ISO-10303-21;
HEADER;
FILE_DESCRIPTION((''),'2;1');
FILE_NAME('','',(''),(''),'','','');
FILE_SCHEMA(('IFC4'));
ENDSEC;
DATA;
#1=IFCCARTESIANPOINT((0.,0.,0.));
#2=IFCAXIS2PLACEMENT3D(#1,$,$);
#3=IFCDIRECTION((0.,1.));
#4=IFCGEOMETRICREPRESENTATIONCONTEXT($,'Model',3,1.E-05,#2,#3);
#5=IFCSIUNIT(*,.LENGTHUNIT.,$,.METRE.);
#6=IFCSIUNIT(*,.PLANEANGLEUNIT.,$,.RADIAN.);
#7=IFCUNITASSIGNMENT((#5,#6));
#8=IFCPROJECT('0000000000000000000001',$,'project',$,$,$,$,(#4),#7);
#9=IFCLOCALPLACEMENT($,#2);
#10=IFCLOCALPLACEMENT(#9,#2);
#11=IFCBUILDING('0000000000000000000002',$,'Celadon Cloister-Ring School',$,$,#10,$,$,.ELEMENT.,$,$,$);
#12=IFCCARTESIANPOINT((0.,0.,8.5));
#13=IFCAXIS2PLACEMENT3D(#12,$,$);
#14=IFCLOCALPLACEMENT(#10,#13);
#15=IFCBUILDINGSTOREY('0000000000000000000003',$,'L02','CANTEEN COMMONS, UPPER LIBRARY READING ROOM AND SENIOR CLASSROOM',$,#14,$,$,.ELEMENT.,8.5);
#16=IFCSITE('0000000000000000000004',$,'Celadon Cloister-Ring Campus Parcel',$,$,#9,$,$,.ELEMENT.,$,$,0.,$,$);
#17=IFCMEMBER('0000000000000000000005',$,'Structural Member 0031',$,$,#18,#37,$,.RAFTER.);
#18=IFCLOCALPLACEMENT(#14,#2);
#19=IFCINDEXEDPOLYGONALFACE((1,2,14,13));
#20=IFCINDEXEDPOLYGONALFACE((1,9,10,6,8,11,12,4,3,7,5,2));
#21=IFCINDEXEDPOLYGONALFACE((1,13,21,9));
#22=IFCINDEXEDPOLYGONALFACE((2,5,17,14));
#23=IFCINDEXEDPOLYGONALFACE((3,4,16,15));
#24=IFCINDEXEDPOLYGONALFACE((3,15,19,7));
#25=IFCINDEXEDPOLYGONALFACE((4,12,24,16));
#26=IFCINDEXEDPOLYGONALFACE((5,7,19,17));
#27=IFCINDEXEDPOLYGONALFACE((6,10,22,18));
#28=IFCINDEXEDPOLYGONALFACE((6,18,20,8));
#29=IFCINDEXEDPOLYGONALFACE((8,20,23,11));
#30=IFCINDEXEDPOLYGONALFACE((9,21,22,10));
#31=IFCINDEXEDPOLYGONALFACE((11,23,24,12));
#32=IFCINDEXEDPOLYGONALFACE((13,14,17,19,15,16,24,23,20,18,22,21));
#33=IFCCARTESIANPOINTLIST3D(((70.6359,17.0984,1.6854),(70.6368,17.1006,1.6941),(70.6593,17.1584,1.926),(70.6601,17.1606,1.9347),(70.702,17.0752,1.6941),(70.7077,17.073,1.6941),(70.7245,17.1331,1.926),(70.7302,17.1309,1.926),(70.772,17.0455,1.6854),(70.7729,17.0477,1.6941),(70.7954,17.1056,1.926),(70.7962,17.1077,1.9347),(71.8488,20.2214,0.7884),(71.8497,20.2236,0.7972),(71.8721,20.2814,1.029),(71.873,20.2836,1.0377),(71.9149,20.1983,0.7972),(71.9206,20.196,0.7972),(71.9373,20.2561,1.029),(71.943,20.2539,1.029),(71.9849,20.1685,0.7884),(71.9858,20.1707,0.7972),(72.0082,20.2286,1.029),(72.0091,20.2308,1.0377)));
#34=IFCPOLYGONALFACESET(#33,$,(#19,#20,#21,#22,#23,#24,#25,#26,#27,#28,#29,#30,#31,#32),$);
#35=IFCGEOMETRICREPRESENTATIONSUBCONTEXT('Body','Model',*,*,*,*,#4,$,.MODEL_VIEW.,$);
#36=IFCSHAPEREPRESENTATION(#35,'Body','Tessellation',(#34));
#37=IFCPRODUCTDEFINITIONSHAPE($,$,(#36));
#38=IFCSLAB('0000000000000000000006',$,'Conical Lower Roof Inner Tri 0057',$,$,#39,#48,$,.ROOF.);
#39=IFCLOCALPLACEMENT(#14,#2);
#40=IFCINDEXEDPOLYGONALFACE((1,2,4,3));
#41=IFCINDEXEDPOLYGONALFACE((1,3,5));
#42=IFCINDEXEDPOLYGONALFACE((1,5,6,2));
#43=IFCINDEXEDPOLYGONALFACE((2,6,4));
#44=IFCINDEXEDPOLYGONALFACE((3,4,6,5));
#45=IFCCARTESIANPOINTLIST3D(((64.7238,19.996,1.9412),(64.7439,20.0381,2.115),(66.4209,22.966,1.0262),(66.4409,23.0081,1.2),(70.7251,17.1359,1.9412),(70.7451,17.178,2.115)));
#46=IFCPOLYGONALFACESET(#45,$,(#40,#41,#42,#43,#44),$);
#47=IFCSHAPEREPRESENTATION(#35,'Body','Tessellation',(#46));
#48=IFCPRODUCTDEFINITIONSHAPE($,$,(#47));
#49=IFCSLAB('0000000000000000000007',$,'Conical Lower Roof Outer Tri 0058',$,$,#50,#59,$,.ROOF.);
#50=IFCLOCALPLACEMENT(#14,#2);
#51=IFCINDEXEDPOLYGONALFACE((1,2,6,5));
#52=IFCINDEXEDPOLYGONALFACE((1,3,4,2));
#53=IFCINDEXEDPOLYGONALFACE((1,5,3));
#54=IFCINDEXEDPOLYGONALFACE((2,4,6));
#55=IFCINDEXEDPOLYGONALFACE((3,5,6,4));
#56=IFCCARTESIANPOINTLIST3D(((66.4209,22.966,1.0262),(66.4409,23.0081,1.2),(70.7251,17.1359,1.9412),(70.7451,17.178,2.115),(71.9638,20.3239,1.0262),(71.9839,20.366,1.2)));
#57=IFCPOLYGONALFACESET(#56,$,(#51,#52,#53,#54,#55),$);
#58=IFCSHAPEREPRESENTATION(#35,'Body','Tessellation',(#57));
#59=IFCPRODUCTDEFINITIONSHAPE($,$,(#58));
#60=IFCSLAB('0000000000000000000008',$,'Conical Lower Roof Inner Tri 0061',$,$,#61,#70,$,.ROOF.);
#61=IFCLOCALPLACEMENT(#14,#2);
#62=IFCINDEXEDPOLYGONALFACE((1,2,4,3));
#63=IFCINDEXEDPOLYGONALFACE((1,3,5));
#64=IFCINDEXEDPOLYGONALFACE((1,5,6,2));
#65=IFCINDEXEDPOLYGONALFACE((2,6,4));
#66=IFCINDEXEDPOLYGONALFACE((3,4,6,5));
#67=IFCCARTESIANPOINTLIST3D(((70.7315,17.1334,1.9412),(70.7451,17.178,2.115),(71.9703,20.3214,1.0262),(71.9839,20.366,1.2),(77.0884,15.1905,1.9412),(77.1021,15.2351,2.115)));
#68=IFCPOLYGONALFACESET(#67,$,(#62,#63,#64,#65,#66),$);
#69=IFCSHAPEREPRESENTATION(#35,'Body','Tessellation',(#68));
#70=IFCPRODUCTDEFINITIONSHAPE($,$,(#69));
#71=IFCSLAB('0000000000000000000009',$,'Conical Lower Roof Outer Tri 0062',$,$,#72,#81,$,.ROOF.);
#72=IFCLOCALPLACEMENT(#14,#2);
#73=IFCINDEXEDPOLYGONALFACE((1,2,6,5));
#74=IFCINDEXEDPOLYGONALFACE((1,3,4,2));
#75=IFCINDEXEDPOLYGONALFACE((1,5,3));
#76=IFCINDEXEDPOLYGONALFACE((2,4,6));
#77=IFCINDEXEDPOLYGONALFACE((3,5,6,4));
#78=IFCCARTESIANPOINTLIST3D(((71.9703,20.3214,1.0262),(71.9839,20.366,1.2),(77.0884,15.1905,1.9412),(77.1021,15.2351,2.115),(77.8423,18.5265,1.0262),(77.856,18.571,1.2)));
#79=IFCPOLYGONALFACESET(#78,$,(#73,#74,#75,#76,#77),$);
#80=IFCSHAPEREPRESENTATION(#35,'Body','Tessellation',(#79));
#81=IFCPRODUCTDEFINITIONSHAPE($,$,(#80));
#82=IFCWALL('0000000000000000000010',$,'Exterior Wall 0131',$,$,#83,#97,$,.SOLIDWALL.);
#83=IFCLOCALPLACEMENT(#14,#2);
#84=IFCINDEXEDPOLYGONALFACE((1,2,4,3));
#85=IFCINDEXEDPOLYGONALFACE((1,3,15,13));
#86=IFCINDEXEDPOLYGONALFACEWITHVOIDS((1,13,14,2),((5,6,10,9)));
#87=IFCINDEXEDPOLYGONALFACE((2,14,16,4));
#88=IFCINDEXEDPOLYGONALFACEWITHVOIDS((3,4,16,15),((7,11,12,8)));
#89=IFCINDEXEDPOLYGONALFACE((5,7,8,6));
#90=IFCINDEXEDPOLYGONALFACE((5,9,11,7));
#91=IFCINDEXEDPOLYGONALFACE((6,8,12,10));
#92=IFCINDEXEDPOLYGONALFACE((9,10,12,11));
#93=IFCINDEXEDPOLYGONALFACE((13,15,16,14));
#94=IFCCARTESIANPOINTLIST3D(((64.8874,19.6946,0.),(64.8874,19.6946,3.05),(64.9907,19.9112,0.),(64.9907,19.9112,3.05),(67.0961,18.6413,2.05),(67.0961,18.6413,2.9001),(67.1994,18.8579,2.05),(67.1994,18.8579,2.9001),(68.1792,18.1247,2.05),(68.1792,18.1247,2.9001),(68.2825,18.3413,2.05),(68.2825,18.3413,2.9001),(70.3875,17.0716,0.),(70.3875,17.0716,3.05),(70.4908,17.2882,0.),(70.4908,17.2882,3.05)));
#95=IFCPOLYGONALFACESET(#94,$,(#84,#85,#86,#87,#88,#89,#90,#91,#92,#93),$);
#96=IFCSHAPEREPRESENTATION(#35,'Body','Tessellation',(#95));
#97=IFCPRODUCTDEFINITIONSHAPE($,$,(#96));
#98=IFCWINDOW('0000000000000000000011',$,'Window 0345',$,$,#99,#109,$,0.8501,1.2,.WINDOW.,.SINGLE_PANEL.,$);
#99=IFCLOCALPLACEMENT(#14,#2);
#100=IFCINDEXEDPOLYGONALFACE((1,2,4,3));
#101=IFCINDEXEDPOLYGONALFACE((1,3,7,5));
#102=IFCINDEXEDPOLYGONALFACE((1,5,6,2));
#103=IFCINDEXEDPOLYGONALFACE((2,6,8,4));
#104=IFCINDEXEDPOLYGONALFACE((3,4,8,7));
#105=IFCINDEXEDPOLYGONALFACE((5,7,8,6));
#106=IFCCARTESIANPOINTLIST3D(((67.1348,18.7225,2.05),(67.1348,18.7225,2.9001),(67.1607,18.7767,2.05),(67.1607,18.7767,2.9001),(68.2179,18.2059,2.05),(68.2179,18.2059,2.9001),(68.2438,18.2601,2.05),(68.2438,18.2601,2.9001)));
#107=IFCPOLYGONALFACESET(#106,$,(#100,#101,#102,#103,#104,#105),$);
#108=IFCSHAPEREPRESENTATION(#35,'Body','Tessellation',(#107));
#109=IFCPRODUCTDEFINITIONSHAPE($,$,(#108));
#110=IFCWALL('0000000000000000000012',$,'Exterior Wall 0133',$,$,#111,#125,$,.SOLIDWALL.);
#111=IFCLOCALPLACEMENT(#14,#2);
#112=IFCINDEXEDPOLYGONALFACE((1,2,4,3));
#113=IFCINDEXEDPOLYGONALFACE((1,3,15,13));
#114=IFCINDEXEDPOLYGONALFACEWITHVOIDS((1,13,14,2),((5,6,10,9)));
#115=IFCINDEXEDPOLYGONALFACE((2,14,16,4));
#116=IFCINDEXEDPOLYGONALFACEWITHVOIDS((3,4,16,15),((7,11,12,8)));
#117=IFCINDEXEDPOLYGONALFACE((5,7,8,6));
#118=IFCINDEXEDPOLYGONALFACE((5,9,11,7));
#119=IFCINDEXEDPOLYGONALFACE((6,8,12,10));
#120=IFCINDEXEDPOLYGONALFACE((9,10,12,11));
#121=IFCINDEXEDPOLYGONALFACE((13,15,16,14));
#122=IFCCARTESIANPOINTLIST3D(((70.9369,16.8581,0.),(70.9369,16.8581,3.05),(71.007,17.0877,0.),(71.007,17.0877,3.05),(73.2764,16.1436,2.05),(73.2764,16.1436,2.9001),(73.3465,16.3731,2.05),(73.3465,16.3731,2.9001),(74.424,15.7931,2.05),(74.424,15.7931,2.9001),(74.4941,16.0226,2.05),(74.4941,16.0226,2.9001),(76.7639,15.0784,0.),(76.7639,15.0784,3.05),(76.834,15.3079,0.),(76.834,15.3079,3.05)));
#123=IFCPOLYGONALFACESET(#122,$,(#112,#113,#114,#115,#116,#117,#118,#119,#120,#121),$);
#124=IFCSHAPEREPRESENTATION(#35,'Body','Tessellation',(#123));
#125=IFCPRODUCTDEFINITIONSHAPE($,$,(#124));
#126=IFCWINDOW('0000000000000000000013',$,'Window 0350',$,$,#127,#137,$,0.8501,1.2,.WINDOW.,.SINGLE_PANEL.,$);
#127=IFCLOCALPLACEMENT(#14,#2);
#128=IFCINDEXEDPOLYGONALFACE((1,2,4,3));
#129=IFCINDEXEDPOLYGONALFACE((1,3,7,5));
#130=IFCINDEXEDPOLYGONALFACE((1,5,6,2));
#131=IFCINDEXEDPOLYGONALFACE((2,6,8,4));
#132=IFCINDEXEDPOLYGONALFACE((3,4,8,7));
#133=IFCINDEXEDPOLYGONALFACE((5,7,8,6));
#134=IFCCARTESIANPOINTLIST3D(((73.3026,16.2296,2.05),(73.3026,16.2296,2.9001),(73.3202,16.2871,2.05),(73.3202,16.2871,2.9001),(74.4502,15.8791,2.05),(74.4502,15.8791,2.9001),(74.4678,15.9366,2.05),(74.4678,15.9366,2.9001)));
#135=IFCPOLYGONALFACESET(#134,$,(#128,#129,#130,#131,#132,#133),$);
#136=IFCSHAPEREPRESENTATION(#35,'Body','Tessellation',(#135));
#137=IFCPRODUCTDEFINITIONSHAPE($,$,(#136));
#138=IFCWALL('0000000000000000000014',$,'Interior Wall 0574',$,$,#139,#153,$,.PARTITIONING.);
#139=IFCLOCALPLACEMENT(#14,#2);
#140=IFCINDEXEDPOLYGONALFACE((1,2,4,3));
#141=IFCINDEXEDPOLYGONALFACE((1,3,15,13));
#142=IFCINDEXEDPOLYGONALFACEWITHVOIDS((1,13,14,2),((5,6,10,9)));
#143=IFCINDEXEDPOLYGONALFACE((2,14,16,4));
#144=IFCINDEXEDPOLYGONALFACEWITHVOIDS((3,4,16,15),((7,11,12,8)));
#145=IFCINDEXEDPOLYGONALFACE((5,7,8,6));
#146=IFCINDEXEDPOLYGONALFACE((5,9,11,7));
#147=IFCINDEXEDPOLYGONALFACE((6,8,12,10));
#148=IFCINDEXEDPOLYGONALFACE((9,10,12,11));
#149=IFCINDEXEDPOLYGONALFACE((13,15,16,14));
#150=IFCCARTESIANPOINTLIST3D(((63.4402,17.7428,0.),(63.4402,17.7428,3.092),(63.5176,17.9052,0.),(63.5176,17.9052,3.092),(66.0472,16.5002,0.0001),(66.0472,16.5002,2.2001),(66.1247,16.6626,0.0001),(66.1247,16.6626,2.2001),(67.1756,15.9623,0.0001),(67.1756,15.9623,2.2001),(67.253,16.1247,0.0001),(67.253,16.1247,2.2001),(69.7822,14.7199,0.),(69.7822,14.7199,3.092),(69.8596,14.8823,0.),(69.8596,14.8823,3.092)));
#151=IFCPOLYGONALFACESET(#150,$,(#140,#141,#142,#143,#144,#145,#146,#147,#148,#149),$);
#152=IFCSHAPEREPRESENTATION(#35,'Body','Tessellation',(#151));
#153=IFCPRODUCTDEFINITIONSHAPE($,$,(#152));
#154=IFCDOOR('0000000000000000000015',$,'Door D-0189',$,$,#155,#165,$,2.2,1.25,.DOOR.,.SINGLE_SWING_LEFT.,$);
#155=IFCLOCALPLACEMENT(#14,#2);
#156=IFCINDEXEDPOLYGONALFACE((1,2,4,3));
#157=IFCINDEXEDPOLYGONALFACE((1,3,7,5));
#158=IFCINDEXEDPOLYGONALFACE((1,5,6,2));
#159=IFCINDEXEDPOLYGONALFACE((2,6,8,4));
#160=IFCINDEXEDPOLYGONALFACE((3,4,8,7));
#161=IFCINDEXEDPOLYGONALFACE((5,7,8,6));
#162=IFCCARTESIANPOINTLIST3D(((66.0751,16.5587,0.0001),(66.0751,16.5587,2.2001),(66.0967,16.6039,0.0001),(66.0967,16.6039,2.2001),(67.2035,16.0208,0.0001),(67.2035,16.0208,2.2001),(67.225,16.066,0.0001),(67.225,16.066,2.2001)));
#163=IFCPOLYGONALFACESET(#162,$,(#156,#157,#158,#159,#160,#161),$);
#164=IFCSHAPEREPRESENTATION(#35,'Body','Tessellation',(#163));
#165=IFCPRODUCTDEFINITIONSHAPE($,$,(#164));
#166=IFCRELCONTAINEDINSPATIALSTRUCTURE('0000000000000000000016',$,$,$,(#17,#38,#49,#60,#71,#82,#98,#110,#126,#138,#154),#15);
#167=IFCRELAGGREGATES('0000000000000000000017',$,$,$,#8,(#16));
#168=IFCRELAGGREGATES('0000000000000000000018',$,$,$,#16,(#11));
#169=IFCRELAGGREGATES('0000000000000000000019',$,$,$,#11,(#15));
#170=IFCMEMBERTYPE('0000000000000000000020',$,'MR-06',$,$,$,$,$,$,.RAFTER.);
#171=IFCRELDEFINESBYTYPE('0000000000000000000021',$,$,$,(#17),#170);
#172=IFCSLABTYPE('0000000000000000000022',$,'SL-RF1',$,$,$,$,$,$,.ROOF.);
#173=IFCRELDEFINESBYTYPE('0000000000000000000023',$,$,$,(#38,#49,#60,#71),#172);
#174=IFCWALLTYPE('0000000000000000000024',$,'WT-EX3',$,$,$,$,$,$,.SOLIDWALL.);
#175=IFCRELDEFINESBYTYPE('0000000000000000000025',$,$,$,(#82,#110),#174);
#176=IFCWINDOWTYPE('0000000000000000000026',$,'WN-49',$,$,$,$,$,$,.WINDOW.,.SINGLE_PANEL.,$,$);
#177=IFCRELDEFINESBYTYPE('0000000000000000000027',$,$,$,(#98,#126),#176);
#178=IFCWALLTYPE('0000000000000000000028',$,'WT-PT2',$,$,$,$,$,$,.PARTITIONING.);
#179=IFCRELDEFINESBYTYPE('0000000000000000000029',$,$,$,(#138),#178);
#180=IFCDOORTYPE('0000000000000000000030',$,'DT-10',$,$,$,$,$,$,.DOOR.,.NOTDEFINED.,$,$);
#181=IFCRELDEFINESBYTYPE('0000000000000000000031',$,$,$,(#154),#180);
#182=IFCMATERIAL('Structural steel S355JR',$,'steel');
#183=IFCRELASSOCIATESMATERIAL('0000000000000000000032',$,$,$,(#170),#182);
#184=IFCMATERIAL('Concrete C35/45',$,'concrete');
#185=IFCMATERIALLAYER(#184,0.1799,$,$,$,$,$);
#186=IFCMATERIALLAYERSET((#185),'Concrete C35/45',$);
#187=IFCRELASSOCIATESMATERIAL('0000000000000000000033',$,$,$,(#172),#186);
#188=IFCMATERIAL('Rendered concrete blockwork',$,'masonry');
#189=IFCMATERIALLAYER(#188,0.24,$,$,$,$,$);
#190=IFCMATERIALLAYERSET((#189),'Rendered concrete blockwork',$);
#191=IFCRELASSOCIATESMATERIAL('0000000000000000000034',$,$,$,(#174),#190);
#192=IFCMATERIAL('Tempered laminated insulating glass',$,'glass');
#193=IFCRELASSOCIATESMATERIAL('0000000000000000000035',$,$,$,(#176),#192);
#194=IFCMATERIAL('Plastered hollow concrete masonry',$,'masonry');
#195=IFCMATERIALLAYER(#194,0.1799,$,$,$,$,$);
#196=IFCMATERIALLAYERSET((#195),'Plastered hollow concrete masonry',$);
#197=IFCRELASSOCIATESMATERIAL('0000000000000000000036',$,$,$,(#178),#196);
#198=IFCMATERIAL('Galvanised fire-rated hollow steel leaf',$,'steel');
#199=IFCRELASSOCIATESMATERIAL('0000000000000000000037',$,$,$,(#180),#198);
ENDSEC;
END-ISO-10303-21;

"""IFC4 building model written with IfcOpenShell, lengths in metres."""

from ifc_helpers import new_model, si_unit, direction, frame, frame_2d, origin, origin_2d, place, context, subcontext, project, spatial, polyline, rectangle, i_section, outline, extrude, material, layer, layer_set, material_profile, profile_set, type_object, element, fill, save


model = new_model("IFC4")

# Units and contexts
model_context = context("Model", 3, precision=1e-05, world=origin(), true_north=direction((0.0, 1.0)))
body_context = subcontext(model_context, "Body", "Model", "MODEL_VIEW")
ifc_project = project(units=[si_unit("LENGTHUNIT", "METRE"), si_unit("PLANEANGLEUNIT", "RADIAN")], contexts=[model_context])

# Site, building, storey
site_placement = place(None, origin())
site = spatial("IfcSite", under=ifc_project, at=site_placement, Name="Celadon Cloister-Ring Campus Parcel", CompositionType="ELEMENT", RefElevation=0.0)
building_placement = place(site_placement, origin())
building = spatial("IfcBuilding", under=site, at=building_placement, Name="Celadon Cloister-Ring School", CompositionType="ELEMENT")
storey_placement = place(building_placement, frame((0.0, 0.0, 8.5)))
storey = spatial("IfcBuildingStorey", under=building, at=storey_placement, Name="L02", Description="CANTEEN COMMONS, UPPER LIBRARY READING ROOM AND SENIOR CLASSROOM", CompositionType="ELEMENT", Elevation=8.5)

# Member
ifc_material_1 = material(Name="Structural steel S355JR", Category="steel")
ifc_material_profile_1 = material_profile(ifc_material_1, i_section(OverallWidth=0.146, OverallDepth=0.2581, WebThickness=0.0061, FlangeThickness=0.009, at=origin_2d()), Name="W250X33")
ifc_profile_set_1 = profile_set([ifc_material_profile_1], Name="Structural steel S355JR")
member_type_1 = type_object("IfcMemberType", Name="MR-06", PredefinedType="RAFTER", material=ifc_profile_set_1)
member_1_placement = place(storey_placement, frame((71.929, 20.2261, 0.9131), z_axis=(-0.349708, -0.900455, 0.25862), x_axis=(0.932169, -0.362024, 0.0)))
element("IfcMember", 1, at=member_1_placement, inside=storey, type_object=member_type_1, Name="Structural Member 0031", PredefinedType="RAFTER", context=body_context, shape_type="SweptSolid", body=[
    extrude(i_section(OverallWidth=0.146, OverallDepth=0.2581, WebThickness=0.0061, FlangeThickness=0.009, at=origin_2d()), origin(), (0.0, 0.0, 1.0), 3.4683),
])

# Slabs
ifc_material_2 = material(Name="Concrete C35/45", Category="concrete")
ifc_layer_1 = layer(ifc_material_2, 0.1799)
ifc_layer_set_1 = layer_set([ifc_layer_1], Name="Concrete C35/45")
slab_type = type_object("IfcSlabType", Name="SL-RF1", PredefinedType="ROOF", material=ifc_layer_set_1)
slab_1_placement = place(storey_placement, frame((66.4409, 23.0081, 1.2), z_axis=(0.111467, 0.233885, 0.965853), x_axis=(-0.479264, -0.838764, 0.258421)))
element("IfcSlab", 2, at=slab_1_placement, inside=storey, type_object=slab_type, Name="Conical Lower Roof Inner Tri 0057", PredefinedType="ROOF", context=body_context, shape_type="SweptSolid", body=[
    extrude(outline(polyline([(0.0, 0.0), (3.5409, 0.0), (3.0637, 6.6308), (0.0, 0.0)])), origin(), (0.0, 0.0, -1.0), 0.1799),
])
slab_2_placement = place(storey_placement, frame((66.4409, 23.0081, 1.2), z_axis=(0.111491, 0.233902, 0.965847), x_axis=(0.589267, -0.798167, 0.125274)))
element("IfcSlab", 3, at=slab_2_placement, inside=storey, type_object=slab_type, Name="Conical Lower Roof Outer Tri 0058", PredefinedType="ROOF", context=body_context, shape_type="SweptSolid", body=[
    extrude(outline(polyline([(0.0, 0.0), (7.3043, 0.0), (5.3751, 2.9687), (0.0, 0.0)])), origin(), (0.0, 0.0, -1.0), 0.1799),
])
slab_3_placement = place(storey_placement, frame((71.9839, 20.366, 1.2), z_axis=(0.075734, 0.247796, 0.965848), x_axis=(-0.349886, -0.900435, 0.258449)))
element("IfcSlab", 4, at=slab_3_placement, inside=storey, type_object=slab_type, Name="Conical Lower Roof Inner Tri 0061", PredefinedType="ROOF", context=body_context, shape_type="SweptSolid", body=[
    extrude(outline(polyline([(0.0, 0.0), (3.5405, 0.0), (3.0657, 6.6302), (0.0, 0.0)])), origin(), (0.0, 0.0, -1.0), 0.1799),
])
slab_4_placement = place(storey_placement, frame((71.9839, 20.366, 1.2), z_axis=(0.075748, 0.24781, 0.965843), x_axis=(0.700667, -0.702405, 0.125267)))
element("IfcSlab", 5, at=slab_4_placement, inside=storey, type_object=slab_type, Name="Conical Lower Roof Outer Tri 0062", PredefinedType="ROOF", context=body_context, shape_type="SweptSolid", body=[
    extrude(outline(polyline([(0.0, 0.0), (7.3047, 0.0), (5.3751, 2.9683), (0.0, 0.0)])), origin(), (0.0, 0.0, -1.0), 0.1799),
])

# Walls, openings, windows
ifc_material_3 = material(Name="Rendered concrete blockwork", Category="masonry")
ifc_layer_2 = layer(ifc_material_3, 0.24)
ifc_layer_set_2 = layer_set([ifc_layer_2], Name="Rendered concrete blockwork")
wall_type_1 = type_object("IfcWallType", Name="WT-EX3", PredefinedType="SOLIDWALL", material=ifc_layer_set_2)
wall_1_placement = place(storey_placement, frame((64.939, 19.803, 0.0), z_axis=(0.0, 0.0, 1.0), x_axis=(0.902606, -0.430469, 0.0)))
wall_1 = element("IfcWall", 6, at=wall_1_placement, inside=storey, type_object=wall_type_1, Name="Exterior Wall 0131", PredefinedType="SOLIDWALL", context=body_context, shape_type="SweptSolid", body=[
    extrude(rectangle(XDim=6.0935, YDim=0.24, at=frame_2d((3.0469, 0.0))), origin(), (0.0, 0.0, 1.0), 3.05),
])
opening_1_placement = place(wall_1_placement, frame((2.447, 0.0, 2.05)))
opening_1 = element("IfcOpeningElement", 7, at=opening_1_placement, cuts=wall_1, PredefinedType="OPENING", context=body_context, shape_type="SweptSolid", body=[
    extrude(rectangle(XDim=1.2, YDim=0.8501, at=frame_2d((0.6001, 0.425))), frame((0.0, 0.1299, 0.0), z_axis=(0.0, -1.0, 0.0), x_axis=(1.0, 0.0, 0.0)), (0.0, 0.0, 1.0), 0.26),
])
ifc_material_4 = material(Name="Tempered laminated insulating glass", Category="glass")
window_type = type_object("IfcWindowType", Name="WN-49", PartitioningType="SINGLE_PANEL", PredefinedType="WINDOW", material=ifc_material_4)
window_1_placement = place(opening_1_placement, origin())
window_1 = element("IfcWindow", 8, at=window_1_placement, inside=storey, type_object=window_type, Name="Window 0345", OverallHeight=0.8501, OverallWidth=1.2, PartitioningType="SINGLE_PANEL", PredefinedType="WINDOW", context=body_context, shape_type="SweptSolid", body=[
    extrude(rectangle(XDim=1.2, YDim=0.8501, at=frame_2d((0.6001, 0.425))), frame((0.0, 0.03, 0.0), z_axis=(0.0, -1.0, 0.0), x_axis=(1.0, 0.0, 0.0)), (0.0, 0.0, 1.0), 0.0601),
])
fill(opening_1, window_1)
wall_2_placement = place(storey_placement, frame((70.9719, 16.9729, 0.0), z_axis=(0.0, 0.0, 1.0), x_axis=(0.956385, -0.292109, 0.0)))
wall_2 = element("IfcWall", 9, at=wall_2_placement, inside=storey, type_object=wall_type_1, Name="Exterior Wall 0133", PredefinedType="SOLIDWALL", context=body_context, shape_type="SweptSolid", body=[
    extrude(rectangle(XDim=6.0928, YDim=0.24, at=frame_2d((3.0464, 0.0))), origin(), (0.0, 0.0, 1.0), 3.05),
])
opening_2_placement = place(wall_2_placement, frame((2.446, 0.0, 2.05)))
opening_2 = element("IfcOpeningElement", 10, at=opening_2_placement, cuts=wall_2, PredefinedType="OPENING", context=body_context, shape_type="SweptSolid", body=[
    extrude(rectangle(XDim=1.2, YDim=0.8501, at=frame_2d((0.6001, 0.425))), frame((0.0, 0.1299, 0.0), z_axis=(0.0, -1.0, 0.0), x_axis=(1.0, 0.0, 0.0)), (0.0, 0.0, 1.0), 0.26),
])
window_2_placement = place(opening_2_placement, origin())
window_2 = element("IfcWindow", 11, at=window_2_placement, inside=storey, type_object=window_type, Name="Window 0350", OverallHeight=0.8501, OverallWidth=1.2, PartitioningType="SINGLE_PANEL", PredefinedType="WINDOW", context=body_context, shape_type="SweptSolid", body=[
    extrude(rectangle(XDim=1.2, YDim=0.8501, at=frame_2d((0.6001, 0.425))), frame((0.0, 0.03, 0.0), z_axis=(0.0, -1.0, 0.0), x_axis=(1.0, 0.0, 0.0)), (0.0, 0.0, 1.0), 0.0601),
])
fill(opening_2, window_2)

# Wall, opening, door
ifc_material_5 = material(Name="Plastered hollow concrete masonry", Category="masonry")
ifc_layer_3 = layer(ifc_material_5, 0.1799)
ifc_layer_set_3 = layer_set([ifc_layer_3], Name="Plastered hollow concrete masonry")
wall_type_2 = type_object("IfcWallType", Name="WT-PT2", PredefinedType="PARTITIONING", material=ifc_layer_set_3)
wall_3_placement = place(storey_placement, frame((63.479, 17.824, 0.0), z_axis=(0.0, 0.0, 1.0), x_axis=(0.902699, -0.430273, 0.0)))
wall_3 = element("IfcWall", 12, at=wall_3_placement, inside=storey, type_object=wall_type_2, Name="Interior Wall 0574", PredefinedType="PARTITIONING", context=body_context, shape_type="SweptSolid", body=[
    extrude(rectangle(XDim=7.0256, YDim=0.1799, at=frame_2d((3.5127, 0.0))), origin(), (0.0, 0.0, 1.0), 3.092),
])
opening_3_placement = place(wall_3_placement, frame((2.8879, 0.0, 0.0)))
opening_3 = element("IfcOpeningElement", 13, at=opening_3_placement, cuts=wall_3, PredefinedType="OPENING", context=body_context, shape_type="SweptSolid", body=[
    extrude(rectangle(XDim=1.25, YDim=2.2, at=frame_2d((0.625, 1.1001))), frame((0.0, 0.1001, 0.0), z_axis=(0.0, -1.0, 0.0), x_axis=(1.0, 0.0, 0.0)), (0.0, 0.0, 1.0), 0.2),
])
ifc_material_6 = material(Name="Galvanised fire-rated hollow steel leaf", Category="steel")
door_type = type_object("IfcDoorType", Name="DT-10", OperationType="NOTDEFINED", PredefinedType="DOOR", material=ifc_material_6)
door_placement = place(opening_3_placement, origin())
door = element("IfcDoor", 14, at=door_placement, inside=storey, type_object=door_type, Name="Door D-0189", OperationType="SINGLE_SWING_LEFT", OverallHeight=2.2, OverallWidth=1.25, PredefinedType="DOOR", context=body_context, shape_type="SweptSolid", body=[
    extrude(rectangle(XDim=1.25, YDim=2.2, at=frame_2d((0.625, 1.1001))), frame((0.0, 0.0249, 0.0), z_axis=(0.0, -1.0, 0.0), x_axis=(1.0, 0.0, 0.0)), (0.0, 0.0, 1.0), 0.05),
])
fill(opening_3, door)

save(model, "model.ifc")
